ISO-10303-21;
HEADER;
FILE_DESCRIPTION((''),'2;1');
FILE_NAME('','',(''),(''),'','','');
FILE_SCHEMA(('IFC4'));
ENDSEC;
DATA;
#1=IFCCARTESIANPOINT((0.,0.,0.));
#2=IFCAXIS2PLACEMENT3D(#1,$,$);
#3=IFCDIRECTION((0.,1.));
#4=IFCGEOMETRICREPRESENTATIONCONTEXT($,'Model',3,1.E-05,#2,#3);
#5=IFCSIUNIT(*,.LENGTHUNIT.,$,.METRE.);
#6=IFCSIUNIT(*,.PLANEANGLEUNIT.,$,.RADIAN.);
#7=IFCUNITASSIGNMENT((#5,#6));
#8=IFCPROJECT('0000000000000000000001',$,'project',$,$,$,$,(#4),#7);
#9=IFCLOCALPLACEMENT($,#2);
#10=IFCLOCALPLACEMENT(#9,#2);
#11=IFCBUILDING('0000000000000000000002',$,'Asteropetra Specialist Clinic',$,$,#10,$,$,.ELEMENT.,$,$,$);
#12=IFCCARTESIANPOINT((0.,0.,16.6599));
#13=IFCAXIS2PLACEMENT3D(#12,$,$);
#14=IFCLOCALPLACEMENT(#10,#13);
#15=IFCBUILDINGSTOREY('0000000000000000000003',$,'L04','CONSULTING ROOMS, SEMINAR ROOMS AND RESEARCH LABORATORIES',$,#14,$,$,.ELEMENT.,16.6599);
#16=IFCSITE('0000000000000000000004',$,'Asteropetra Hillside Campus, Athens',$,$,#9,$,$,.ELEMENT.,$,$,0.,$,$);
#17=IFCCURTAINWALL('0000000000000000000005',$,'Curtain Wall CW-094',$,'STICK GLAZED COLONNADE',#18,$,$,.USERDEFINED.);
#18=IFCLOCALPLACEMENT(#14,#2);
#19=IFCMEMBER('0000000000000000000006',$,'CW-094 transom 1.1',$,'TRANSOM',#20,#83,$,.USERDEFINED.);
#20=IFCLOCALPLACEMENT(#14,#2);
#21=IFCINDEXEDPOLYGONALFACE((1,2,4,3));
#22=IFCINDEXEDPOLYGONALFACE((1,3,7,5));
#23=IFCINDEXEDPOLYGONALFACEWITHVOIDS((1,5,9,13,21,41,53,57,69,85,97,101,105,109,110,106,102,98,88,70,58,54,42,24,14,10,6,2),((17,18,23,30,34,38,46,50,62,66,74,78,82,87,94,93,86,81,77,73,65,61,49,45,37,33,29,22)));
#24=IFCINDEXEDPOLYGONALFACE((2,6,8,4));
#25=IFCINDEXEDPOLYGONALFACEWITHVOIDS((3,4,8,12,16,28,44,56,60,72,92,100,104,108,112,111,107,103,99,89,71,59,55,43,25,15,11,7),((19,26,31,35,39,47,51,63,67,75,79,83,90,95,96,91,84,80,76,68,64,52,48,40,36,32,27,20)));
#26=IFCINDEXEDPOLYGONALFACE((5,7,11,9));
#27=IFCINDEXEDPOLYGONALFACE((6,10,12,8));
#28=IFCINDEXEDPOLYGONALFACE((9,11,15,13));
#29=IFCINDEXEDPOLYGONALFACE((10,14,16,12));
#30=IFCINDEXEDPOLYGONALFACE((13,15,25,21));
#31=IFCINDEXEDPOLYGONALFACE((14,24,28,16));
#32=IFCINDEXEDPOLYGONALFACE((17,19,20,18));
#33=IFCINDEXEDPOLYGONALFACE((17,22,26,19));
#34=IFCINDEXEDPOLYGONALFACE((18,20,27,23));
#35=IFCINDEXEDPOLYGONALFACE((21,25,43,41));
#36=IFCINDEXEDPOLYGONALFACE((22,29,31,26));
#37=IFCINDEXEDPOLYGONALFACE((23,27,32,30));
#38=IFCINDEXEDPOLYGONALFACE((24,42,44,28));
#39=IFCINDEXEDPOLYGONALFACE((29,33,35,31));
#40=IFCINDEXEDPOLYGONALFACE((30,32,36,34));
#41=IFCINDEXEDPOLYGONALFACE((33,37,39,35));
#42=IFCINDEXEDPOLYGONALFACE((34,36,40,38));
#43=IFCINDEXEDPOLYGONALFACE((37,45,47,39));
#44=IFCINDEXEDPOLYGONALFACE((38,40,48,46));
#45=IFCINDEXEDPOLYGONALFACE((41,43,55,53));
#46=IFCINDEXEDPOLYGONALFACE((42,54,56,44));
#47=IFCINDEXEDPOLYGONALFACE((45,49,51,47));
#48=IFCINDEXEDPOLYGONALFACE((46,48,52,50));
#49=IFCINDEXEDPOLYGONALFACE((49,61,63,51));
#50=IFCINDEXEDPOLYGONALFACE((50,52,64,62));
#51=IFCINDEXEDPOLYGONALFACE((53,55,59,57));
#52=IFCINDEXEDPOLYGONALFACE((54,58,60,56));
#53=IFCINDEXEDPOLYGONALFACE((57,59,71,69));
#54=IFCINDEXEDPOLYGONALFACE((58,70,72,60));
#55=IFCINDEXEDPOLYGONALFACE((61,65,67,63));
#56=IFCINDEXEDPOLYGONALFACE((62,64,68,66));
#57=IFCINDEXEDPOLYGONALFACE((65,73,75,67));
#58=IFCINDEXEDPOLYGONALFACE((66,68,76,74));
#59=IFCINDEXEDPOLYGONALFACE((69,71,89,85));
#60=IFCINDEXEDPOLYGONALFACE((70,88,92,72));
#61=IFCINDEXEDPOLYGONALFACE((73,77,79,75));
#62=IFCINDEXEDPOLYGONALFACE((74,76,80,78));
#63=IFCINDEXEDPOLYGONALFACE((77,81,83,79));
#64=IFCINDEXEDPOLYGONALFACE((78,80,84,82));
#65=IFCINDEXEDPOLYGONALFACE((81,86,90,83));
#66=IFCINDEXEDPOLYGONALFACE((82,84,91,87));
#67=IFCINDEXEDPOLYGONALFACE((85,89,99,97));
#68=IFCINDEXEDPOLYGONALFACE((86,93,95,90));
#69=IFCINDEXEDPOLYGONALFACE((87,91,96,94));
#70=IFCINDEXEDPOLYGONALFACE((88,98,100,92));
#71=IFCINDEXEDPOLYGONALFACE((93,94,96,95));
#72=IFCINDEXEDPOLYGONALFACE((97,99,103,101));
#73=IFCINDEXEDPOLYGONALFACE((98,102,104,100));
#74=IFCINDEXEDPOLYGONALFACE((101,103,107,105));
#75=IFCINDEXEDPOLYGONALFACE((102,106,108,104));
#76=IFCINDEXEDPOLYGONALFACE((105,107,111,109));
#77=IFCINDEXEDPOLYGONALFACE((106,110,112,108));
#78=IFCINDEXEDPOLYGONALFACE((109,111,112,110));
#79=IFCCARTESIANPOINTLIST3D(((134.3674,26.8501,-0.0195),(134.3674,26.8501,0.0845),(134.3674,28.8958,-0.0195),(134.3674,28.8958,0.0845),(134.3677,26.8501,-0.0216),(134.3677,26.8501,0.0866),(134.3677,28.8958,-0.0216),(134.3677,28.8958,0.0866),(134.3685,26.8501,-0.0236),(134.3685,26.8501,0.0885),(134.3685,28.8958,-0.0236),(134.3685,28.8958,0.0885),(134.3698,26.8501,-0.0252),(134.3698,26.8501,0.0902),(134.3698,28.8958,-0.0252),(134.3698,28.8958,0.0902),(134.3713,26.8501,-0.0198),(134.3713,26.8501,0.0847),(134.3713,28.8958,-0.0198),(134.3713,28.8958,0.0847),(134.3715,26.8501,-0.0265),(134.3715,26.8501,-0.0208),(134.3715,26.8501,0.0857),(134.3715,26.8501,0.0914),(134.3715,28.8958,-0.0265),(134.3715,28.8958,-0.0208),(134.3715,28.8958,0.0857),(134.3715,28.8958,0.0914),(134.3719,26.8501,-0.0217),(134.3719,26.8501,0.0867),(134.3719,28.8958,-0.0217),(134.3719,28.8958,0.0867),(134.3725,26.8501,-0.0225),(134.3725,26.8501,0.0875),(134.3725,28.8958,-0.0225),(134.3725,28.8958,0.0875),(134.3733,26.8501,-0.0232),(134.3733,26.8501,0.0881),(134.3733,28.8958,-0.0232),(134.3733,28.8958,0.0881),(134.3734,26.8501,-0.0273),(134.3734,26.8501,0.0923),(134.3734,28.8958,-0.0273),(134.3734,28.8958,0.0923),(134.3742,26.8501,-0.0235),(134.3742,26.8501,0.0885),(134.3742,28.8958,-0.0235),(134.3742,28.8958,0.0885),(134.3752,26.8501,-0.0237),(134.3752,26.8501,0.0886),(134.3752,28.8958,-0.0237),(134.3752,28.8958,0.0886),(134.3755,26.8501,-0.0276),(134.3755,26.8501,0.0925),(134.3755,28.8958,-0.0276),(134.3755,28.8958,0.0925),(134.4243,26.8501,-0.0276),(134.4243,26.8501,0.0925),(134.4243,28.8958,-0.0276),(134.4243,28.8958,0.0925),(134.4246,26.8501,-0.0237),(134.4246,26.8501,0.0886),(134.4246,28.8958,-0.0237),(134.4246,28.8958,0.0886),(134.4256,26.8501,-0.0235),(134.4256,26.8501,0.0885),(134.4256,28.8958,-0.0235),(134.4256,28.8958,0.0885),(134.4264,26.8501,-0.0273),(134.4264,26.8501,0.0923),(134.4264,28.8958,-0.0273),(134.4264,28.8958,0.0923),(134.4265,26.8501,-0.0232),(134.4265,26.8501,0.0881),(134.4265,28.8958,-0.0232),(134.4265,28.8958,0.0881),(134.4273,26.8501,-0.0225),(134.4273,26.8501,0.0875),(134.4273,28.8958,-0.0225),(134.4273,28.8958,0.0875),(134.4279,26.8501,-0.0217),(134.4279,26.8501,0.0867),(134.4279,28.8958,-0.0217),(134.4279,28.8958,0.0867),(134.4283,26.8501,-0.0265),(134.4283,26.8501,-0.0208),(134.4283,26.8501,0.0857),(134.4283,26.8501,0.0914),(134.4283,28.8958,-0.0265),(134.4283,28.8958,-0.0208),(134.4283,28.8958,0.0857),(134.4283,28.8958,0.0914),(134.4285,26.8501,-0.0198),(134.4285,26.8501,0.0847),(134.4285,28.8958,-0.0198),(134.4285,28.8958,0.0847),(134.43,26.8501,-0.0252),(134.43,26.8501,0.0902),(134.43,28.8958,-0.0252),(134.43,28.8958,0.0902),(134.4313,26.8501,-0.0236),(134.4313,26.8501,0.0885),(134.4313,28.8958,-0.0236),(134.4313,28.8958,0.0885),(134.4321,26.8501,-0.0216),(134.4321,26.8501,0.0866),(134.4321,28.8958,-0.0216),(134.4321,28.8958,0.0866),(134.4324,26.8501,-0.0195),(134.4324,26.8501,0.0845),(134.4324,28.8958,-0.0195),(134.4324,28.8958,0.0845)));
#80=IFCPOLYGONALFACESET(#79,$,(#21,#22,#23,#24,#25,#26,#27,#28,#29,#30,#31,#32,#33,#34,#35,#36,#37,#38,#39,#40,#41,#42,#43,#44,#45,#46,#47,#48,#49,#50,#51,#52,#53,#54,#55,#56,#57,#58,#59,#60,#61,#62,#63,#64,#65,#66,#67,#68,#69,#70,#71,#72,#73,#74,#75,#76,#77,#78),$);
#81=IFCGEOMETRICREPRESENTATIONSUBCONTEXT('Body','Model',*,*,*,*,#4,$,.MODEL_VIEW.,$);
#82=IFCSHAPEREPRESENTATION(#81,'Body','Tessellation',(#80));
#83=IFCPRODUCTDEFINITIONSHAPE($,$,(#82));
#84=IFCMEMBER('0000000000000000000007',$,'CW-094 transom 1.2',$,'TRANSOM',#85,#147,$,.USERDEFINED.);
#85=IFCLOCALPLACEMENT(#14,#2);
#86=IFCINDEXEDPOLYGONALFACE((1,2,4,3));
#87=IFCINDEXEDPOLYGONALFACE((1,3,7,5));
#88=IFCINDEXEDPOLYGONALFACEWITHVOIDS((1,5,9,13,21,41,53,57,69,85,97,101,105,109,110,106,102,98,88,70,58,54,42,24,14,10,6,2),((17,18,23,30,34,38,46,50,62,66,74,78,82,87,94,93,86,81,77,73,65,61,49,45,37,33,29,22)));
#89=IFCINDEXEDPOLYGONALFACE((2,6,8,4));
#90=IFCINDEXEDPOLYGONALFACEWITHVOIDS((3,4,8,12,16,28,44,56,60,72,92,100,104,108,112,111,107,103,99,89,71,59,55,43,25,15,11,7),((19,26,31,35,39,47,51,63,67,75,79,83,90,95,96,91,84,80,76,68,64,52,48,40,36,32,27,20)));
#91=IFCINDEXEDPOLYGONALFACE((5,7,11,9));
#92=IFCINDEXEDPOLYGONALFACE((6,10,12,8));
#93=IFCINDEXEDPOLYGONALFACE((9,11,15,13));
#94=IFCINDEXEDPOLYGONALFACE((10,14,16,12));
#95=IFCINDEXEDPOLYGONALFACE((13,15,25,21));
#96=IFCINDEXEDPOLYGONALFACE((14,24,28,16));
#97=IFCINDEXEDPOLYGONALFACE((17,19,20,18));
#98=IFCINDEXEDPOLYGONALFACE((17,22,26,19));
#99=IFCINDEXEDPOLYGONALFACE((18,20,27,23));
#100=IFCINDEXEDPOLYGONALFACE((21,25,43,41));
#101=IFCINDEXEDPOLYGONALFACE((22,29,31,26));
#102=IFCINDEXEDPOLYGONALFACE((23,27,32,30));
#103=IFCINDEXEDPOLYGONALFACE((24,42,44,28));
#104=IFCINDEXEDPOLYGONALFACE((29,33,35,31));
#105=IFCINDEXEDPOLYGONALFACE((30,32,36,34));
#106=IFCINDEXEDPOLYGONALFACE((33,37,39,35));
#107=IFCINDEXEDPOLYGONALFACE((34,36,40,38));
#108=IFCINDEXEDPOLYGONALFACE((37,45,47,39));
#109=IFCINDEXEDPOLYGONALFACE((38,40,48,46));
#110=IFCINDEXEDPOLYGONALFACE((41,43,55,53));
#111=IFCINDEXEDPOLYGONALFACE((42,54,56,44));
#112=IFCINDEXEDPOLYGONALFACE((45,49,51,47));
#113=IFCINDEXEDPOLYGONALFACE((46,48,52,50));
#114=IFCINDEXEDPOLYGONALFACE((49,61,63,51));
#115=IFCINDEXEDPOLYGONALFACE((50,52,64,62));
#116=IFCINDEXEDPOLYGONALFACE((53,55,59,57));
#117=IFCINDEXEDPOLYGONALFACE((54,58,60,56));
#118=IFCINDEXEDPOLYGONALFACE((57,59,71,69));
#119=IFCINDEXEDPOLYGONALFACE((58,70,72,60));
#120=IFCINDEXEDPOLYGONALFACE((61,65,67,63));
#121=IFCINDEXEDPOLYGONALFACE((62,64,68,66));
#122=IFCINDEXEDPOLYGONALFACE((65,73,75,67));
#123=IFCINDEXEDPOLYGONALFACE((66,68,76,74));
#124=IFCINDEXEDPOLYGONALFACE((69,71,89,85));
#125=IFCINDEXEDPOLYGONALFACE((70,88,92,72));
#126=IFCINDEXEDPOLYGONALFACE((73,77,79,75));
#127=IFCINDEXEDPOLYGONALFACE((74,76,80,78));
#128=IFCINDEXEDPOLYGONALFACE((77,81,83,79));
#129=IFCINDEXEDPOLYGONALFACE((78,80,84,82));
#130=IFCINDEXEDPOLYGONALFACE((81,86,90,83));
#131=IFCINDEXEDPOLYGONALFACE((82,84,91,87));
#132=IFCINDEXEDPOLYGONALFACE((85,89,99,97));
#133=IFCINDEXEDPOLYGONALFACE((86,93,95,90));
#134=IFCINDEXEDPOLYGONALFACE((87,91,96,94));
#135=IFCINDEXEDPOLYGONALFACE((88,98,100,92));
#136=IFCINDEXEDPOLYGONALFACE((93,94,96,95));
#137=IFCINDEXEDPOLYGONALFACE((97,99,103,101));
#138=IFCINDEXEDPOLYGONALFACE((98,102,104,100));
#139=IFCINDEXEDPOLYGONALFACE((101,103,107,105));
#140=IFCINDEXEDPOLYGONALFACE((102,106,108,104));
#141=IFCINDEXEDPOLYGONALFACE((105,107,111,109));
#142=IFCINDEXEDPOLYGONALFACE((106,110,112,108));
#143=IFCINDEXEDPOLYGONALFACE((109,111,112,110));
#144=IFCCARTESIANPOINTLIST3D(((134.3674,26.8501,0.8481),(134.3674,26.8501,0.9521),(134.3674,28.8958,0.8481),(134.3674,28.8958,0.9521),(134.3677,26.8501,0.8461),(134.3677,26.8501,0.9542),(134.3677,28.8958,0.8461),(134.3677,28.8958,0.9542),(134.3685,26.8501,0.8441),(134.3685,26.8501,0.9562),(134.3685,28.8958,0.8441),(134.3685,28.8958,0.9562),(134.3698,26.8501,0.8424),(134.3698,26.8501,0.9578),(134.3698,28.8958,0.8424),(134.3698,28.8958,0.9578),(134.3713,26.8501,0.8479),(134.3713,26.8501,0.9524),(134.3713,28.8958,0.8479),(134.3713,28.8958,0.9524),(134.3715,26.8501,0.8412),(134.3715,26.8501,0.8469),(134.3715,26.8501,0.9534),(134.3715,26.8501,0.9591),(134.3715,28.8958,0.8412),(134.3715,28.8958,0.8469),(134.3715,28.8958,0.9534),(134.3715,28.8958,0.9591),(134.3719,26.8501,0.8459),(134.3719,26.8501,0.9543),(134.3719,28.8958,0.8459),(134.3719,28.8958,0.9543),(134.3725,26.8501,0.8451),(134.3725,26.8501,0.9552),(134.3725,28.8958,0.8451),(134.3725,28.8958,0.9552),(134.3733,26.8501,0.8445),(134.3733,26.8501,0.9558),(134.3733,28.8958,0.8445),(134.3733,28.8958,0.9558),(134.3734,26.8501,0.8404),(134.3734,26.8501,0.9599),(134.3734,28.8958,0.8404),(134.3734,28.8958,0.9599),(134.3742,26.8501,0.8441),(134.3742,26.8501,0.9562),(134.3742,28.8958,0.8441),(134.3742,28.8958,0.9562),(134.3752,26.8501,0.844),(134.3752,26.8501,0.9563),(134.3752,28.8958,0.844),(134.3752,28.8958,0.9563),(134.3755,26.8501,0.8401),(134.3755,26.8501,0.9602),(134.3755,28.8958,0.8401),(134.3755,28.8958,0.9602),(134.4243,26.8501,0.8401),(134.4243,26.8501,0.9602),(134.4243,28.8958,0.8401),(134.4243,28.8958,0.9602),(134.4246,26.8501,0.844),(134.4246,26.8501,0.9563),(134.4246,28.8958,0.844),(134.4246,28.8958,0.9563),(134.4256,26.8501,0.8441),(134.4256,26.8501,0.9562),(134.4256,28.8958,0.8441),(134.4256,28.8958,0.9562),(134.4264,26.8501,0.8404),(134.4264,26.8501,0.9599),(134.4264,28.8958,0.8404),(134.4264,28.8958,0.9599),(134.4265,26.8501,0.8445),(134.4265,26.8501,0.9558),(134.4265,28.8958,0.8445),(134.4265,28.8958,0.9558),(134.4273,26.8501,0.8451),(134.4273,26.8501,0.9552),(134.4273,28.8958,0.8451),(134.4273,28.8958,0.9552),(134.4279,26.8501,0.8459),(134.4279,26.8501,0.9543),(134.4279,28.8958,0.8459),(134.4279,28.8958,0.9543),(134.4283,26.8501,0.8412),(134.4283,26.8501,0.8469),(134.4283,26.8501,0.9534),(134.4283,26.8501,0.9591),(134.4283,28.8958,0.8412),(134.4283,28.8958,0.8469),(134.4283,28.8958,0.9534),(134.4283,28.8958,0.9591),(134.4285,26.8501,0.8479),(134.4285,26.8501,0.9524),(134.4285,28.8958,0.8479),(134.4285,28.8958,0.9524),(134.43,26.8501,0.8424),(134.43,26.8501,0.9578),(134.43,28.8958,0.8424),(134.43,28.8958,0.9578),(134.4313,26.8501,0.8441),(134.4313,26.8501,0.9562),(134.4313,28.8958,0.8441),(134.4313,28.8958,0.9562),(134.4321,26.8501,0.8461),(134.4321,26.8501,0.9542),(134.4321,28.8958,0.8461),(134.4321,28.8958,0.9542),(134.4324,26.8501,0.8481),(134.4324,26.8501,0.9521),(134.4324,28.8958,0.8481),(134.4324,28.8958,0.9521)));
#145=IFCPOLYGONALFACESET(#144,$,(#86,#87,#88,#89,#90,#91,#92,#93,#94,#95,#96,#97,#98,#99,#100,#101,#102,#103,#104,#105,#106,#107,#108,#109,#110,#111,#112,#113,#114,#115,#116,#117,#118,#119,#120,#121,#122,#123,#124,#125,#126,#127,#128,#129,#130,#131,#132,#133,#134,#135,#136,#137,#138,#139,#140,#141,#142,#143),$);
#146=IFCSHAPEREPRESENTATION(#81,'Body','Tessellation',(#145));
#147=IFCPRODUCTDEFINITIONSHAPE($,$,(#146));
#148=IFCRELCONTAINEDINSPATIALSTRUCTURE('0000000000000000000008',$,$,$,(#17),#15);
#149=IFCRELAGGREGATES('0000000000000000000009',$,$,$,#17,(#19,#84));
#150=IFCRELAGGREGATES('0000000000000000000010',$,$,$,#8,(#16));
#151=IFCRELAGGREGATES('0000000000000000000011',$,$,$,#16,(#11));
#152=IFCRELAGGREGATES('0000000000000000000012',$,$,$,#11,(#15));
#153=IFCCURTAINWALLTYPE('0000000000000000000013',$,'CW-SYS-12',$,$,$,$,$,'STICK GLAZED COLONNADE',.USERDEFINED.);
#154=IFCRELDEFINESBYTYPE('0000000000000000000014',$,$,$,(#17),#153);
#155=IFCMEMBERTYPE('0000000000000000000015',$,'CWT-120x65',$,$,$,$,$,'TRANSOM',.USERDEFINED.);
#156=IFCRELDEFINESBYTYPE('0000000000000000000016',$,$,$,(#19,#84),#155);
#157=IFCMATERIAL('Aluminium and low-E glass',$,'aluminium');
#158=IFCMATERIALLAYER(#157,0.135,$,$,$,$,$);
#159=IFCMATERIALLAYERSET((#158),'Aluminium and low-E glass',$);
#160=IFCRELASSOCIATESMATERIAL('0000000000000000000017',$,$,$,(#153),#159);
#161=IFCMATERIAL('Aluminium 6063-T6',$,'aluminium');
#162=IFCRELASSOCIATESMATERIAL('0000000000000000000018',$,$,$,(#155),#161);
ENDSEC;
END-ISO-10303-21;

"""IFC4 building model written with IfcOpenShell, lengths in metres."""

from ifc_helpers import new_model, si_unit, direction, frame, origin, origin_2d, place, context, subcontext, project, spatial, hollow_rectangle, extrude, material, layer, layer_set, material_profile, profile_set, type_object, element, aggregate, save


model = new_model("IFC4")

# Units and contexts
model_context = context("Model", 3, precision=1e-05, world=origin(), true_north=direction((0.0, 1.0)))
body_context = subcontext(model_context, "Body", "Model", "MODEL_VIEW")
ifc_project = project(units=[si_unit("LENGTHUNIT", "METRE"), si_unit("PLANEANGLEUNIT", "RADIAN")], contexts=[model_context])

# Site, building, storey
site_placement = place(None, origin())
site = spatial("IfcSite", under=ifc_project, at=site_placement, Name="Asteropetra Hillside Campus, Athens", CompositionType="ELEMENT", RefElevation=0.0)
building_placement = place(site_placement, origin())
building = spatial("IfcBuilding", under=site, at=building_placement, Name="Asteropetra Specialist Clinic", CompositionType="ELEMENT")
storey_placement = place(building_placement, frame((0.0, 0.0, 16.6599)))
storey = spatial("IfcBuildingStorey", under=building, at=storey_placement, Name="L04", Description="CONSULTING ROOMS, SEMINAR ROOMS AND RESEARCH LABORATORIES", CompositionType="ELEMENT", Elevation=16.6599)

# Curtain wall
ifc_material_1 = material(Name="Aluminium and low-E glass", Category="aluminium")
ifc_layer_1 = layer(ifc_material_1, 0.135)
ifc_layer_set_1 = layer_set([ifc_layer_1], Name="Aluminium and low-E glass")
curtain_wall_type_1 = type_object("IfcCurtainWallType", Name="CW-SYS-12", ElementType="STICK GLAZED COLONNADE", PredefinedType="USERDEFINED", material=ifc_layer_set_1)
curtain_wall_1_placement = place(storey_placement, origin())
curtain_wall_1 = element("IfcCurtainWall", 1, at=curtain_wall_1_placement, inside=storey, type_object=curtain_wall_type_1, Name="Curtain Wall CW-094", ObjectType="STICK GLAZED COLONNADE", PredefinedType="USERDEFINED")

# Members
ifc_material_2 = material(Name="Aluminium 6063-T6", Category="aluminium")
ifc_material_profile_1 = material_profile(ifc_material_2, hollow_rectangle(XDim=0.0649, YDim=0.1201, WallThickness=0.0039, InnerFilletRadius=0.0039, OuterFilletRadius=0.0081, at=origin_2d()), Name="TRN 120x65x4.0")
ifc_profile_set_1 = profile_set([ifc_material_profile_1], Name="Aluminium 6063-T6")
member_type_1 = type_object("IfcMemberType", Name="CWT-120x65", ElementType="TRANSOM", PredefinedType="USERDEFINED", material=ifc_profile_set_1)
member_1_placement = place(storey_placement, frame((134.3999, 26.8501, 0.0325), z_axis=(0.0, 1.0, 0.0), x_axis=(-1.0, 0.0, 0.0)))
member_1 = element("IfcMember", 2, at=member_1_placement, type_object=member_type_1, Name="CW-094 transom 1.1", ObjectType="TRANSOM", PredefinedType="USERDEFINED", context=body_context, shape_type="SweptSolid", body=[
    extrude(hollow_rectangle(XDim=0.0649, YDim=0.1201, WallThickness=0.0039, InnerFilletRadius=0.0039, OuterFilletRadius=0.0081, at=origin_2d()), origin(), (0.0, 0.0, 1.0), 2.0457),
])
member_2_placement = place(storey_placement, frame((134.3999, 26.8501, 0.9001), z_axis=(0.0, 1.0, 0.0), x_axis=(-1.0, 0.0, 0.0)))
member_2 = element("IfcMember", 3, at=member_2_placement, type_object=member_type_1, Name="CW-094 transom 1.2", ObjectType="TRANSOM", PredefinedType="USERDEFINED", context=body_context, shape_type="SweptSolid", body=[
    extrude(hollow_rectangle(XDim=0.0649, YDim=0.1201, WallThickness=0.0039, InnerFilletRadius=0.0039, OuterFilletRadius=0.0081, at=origin_2d()), origin(), (0.0, 0.0, 1.0), 2.0457),
])

aggregate(curtain_wall_1, [member_1, member_2])

save(model, "model.ifc")
